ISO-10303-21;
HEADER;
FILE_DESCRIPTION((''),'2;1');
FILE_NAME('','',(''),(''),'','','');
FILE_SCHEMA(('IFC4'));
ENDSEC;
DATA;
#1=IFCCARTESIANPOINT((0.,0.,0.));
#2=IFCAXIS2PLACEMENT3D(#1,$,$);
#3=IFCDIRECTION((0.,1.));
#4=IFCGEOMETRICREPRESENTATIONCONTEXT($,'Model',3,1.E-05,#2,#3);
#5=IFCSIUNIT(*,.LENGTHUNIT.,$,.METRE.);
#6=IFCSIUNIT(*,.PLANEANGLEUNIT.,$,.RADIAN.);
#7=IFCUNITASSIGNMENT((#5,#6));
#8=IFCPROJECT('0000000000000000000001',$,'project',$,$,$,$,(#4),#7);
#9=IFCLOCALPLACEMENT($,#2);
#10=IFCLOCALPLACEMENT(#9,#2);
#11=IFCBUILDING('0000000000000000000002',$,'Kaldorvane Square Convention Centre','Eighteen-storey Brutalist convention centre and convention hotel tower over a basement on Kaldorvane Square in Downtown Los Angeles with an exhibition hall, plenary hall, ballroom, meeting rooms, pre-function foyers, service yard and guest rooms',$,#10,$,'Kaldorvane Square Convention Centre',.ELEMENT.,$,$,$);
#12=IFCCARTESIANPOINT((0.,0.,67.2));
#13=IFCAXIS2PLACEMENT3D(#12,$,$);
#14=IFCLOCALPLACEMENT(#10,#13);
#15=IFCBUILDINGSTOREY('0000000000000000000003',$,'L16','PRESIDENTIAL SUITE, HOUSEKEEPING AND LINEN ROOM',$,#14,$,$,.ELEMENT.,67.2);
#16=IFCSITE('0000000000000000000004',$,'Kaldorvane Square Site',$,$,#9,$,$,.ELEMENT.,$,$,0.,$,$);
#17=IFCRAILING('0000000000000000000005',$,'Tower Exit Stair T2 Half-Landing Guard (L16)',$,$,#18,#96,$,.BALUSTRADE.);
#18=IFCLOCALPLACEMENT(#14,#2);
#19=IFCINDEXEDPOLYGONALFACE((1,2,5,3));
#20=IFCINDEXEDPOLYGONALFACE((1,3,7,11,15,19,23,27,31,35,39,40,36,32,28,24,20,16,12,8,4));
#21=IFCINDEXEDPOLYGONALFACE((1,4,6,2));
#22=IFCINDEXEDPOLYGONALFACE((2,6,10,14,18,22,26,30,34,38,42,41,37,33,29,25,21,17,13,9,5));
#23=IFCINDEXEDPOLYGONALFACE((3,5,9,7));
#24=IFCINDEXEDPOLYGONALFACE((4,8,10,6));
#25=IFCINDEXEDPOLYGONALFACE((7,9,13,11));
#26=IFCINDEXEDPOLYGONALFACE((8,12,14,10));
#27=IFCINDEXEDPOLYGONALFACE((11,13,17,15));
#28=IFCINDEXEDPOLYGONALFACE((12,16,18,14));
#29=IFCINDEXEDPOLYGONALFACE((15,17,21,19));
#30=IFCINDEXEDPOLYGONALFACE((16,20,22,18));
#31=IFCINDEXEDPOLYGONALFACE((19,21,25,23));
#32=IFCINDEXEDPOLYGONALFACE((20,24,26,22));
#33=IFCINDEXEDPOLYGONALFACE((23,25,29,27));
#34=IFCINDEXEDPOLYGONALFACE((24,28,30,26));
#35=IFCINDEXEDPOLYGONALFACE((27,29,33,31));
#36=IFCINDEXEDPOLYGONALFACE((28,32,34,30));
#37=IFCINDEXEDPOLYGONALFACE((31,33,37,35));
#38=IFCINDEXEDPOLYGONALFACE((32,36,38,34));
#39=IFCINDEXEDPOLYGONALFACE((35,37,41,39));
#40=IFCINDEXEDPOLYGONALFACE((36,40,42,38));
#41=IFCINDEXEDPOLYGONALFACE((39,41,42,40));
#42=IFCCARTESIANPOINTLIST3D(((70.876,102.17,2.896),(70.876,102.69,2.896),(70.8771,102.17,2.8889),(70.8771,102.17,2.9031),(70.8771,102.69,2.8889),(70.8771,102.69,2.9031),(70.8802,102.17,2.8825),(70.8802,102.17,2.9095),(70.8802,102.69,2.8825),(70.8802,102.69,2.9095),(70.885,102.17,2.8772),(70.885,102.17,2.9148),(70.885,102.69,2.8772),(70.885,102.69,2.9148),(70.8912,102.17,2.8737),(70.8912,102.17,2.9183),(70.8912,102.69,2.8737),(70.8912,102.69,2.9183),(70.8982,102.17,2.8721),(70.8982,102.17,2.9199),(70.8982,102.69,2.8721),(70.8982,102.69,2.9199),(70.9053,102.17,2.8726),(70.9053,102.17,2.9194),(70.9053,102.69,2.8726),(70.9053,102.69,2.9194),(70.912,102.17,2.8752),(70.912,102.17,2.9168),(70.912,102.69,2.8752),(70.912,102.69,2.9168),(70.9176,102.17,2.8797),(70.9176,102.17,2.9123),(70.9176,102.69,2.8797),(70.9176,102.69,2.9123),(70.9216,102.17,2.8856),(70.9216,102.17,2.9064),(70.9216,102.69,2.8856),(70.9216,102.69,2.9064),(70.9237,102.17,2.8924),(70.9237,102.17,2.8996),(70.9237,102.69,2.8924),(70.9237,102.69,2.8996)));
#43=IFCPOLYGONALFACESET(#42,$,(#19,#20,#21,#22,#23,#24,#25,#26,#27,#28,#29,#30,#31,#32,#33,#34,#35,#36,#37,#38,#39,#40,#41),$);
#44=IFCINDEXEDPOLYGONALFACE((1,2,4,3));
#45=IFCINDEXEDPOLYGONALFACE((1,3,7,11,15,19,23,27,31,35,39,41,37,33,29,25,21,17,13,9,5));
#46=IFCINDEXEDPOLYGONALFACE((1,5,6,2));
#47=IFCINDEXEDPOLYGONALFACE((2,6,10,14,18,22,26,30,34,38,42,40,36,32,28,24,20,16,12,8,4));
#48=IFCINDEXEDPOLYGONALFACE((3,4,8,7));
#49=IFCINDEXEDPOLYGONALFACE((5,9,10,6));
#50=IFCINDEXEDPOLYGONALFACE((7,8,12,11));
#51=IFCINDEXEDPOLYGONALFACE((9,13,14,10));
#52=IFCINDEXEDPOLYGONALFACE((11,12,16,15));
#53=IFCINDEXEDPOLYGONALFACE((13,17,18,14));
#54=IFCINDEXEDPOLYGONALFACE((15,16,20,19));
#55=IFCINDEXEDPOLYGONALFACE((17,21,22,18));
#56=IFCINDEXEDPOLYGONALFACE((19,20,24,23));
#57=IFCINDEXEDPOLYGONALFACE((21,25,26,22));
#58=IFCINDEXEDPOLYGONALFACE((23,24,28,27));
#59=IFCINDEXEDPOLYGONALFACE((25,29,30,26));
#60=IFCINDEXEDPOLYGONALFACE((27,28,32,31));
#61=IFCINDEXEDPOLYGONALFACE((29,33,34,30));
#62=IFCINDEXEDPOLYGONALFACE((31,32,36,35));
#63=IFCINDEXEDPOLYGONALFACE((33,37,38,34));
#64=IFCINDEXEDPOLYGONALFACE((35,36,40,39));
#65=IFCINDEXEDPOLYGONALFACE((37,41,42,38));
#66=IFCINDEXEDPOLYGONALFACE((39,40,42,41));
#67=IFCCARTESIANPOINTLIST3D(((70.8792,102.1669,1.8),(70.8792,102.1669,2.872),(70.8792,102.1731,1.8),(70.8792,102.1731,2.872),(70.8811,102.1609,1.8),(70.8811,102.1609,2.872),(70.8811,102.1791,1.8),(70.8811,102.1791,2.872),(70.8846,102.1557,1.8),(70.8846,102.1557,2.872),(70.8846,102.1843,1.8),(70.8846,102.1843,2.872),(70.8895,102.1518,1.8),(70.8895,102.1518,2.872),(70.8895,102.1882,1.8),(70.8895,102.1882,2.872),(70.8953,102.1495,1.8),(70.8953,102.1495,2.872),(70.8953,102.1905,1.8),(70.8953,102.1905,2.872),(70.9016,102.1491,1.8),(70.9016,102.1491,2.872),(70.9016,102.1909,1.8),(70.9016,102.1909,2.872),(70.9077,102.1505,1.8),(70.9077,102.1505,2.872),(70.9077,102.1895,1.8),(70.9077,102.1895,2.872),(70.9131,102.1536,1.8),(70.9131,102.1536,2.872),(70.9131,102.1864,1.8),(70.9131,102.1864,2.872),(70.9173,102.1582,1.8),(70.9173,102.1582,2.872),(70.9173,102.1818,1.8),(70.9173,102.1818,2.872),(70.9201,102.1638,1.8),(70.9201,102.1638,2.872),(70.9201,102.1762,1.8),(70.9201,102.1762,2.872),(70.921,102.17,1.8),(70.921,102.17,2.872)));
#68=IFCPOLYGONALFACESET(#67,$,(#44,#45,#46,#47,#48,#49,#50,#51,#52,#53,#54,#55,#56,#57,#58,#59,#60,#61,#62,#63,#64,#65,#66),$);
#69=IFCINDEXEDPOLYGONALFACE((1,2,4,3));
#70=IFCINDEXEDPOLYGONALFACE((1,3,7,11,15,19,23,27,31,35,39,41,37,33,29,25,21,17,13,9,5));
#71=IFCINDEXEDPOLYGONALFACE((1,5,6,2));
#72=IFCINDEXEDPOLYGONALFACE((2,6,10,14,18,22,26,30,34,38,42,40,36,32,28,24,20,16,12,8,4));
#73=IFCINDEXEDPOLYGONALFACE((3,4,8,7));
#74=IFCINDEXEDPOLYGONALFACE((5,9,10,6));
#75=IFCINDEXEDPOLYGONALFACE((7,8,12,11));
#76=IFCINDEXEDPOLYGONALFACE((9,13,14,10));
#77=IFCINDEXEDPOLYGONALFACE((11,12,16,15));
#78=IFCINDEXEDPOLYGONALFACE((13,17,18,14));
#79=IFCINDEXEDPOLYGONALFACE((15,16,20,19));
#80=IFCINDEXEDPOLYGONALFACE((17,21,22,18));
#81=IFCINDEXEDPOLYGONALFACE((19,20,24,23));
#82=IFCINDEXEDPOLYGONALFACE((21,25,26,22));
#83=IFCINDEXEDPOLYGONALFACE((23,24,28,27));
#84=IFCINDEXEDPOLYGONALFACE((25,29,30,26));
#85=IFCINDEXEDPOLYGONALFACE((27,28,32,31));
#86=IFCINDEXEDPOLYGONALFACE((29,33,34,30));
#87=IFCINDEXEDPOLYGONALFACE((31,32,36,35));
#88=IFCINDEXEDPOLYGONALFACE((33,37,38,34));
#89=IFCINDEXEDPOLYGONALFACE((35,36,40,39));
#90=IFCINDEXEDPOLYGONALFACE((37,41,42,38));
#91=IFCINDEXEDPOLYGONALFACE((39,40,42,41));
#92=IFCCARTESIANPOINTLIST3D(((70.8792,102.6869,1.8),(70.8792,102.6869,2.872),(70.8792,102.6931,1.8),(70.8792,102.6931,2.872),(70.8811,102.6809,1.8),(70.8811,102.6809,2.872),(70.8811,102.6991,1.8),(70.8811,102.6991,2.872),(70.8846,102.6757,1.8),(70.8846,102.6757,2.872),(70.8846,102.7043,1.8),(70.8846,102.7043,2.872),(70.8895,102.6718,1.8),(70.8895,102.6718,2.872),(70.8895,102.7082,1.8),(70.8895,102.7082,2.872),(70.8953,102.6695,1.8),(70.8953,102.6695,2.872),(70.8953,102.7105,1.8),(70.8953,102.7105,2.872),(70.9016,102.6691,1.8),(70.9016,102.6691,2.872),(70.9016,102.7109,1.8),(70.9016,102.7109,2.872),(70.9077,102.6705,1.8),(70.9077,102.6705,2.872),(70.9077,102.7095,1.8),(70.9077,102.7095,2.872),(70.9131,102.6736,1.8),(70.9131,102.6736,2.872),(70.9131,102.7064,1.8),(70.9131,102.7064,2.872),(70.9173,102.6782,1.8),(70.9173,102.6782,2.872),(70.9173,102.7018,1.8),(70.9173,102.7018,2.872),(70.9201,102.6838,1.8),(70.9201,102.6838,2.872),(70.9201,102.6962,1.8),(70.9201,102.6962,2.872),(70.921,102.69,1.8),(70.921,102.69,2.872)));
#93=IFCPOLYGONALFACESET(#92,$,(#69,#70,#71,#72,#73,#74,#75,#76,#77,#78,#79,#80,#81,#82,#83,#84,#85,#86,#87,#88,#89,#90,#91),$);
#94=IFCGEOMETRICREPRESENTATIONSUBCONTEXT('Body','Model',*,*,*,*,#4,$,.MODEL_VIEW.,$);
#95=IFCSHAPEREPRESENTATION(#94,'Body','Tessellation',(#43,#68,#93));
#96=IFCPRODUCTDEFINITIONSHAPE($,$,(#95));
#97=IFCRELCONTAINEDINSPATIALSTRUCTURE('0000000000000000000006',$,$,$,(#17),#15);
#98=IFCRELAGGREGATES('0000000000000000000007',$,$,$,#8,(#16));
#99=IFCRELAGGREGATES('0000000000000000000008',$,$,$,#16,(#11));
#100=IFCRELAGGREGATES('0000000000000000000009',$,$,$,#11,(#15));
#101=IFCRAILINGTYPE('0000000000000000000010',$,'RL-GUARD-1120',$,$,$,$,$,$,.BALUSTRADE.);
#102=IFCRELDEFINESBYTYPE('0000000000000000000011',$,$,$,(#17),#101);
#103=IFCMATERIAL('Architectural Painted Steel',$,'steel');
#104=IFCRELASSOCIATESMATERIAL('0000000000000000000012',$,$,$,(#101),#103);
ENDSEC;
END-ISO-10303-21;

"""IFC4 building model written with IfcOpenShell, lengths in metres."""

from ifc_helpers import new_model, si_unit, direction, frame, origin, origin_2d, place, context, subcontext, project, spatial, circle, extrude, material, type_object, element, save


model = new_model("IFC4")

# Units and contexts
model_context = context("Model", 3, precision=1e-05, world=origin(), true_north=direction((0.0, 1.0)))
body_context = subcontext(model_context, "Body", "Model", "MODEL_VIEW")
ifc_project = project(units=[si_unit("LENGTHUNIT", "METRE"), si_unit("PLANEANGLEUNIT", "RADIAN")], contexts=[model_context])

# Site, building, storey
site_placement = place(None, origin())
site = spatial("IfcSite", under=ifc_project, at=site_placement, Name="Kaldorvane Square Site", CompositionType="ELEMENT", RefElevation=0.0)
building_placement = place(site_placement, origin())
building = spatial("IfcBuilding", under=site, at=building_placement, Name="Kaldorvane Square Convention Centre", Description="Eighteen-storey Brutalist convention centre and convention hotel tower over a basement on Kaldorvane Square in Downtown Los Angeles with an exhibition hall, plenary hall, ballroom, meeting rooms, pre-function foyers, service yard and guest rooms", LongName="Kaldorvane Square Convention Centre", CompositionType="ELEMENT")
storey_placement = place(building_placement, frame((0.0, 0.0, 67.2)))
storey = spatial("IfcBuildingStorey", under=building, at=storey_placement, Name="L16", Description="PRESIDENTIAL SUITE, HOUSEKEEPING AND LINEN ROOM", CompositionType="ELEMENT", Elevation=67.2)

# Railing
ifc_material_1 = material(Name="Architectural Painted Steel", Category="steel")
railing_type = type_object("IfcRailingType", Name="RL-GUARD-1120", PredefinedType="BALUSTRADE", material=ifc_material_1)
for number, where, name in (
    (1, (70.9, 102.17, 1.8), "Tower Exit Stair T2 Half-Landing Guard (L16)"),
):
    element("IfcRailing", number, at=place(storey_placement, frame(where)), inside=storey, type_object=railing_type, Name=name, PredefinedType="BALUSTRADE", context=body_context, shape_type="SweptSolid", body=[
        extrude(circle(Radius=0.024, at=origin_2d()), frame((0.0, 0.0, 1.096), z_axis=(0.0, 1.0, 0.0), x_axis=(-1.0, 0.0, 0.0)), (0.0, 0.0, 1.0), 0.52),
        extrude(circle(Radius=0.021, at=origin_2d()), origin(), (0.0, 0.0, 1.0), 1.072),
        extrude(circle(Radius=0.021, at=origin_2d()), frame((0.0, 0.52, 0.0)), (0.0, 0.0, 1.0), 1.072),
    ])

save(model, "model.ifc")
